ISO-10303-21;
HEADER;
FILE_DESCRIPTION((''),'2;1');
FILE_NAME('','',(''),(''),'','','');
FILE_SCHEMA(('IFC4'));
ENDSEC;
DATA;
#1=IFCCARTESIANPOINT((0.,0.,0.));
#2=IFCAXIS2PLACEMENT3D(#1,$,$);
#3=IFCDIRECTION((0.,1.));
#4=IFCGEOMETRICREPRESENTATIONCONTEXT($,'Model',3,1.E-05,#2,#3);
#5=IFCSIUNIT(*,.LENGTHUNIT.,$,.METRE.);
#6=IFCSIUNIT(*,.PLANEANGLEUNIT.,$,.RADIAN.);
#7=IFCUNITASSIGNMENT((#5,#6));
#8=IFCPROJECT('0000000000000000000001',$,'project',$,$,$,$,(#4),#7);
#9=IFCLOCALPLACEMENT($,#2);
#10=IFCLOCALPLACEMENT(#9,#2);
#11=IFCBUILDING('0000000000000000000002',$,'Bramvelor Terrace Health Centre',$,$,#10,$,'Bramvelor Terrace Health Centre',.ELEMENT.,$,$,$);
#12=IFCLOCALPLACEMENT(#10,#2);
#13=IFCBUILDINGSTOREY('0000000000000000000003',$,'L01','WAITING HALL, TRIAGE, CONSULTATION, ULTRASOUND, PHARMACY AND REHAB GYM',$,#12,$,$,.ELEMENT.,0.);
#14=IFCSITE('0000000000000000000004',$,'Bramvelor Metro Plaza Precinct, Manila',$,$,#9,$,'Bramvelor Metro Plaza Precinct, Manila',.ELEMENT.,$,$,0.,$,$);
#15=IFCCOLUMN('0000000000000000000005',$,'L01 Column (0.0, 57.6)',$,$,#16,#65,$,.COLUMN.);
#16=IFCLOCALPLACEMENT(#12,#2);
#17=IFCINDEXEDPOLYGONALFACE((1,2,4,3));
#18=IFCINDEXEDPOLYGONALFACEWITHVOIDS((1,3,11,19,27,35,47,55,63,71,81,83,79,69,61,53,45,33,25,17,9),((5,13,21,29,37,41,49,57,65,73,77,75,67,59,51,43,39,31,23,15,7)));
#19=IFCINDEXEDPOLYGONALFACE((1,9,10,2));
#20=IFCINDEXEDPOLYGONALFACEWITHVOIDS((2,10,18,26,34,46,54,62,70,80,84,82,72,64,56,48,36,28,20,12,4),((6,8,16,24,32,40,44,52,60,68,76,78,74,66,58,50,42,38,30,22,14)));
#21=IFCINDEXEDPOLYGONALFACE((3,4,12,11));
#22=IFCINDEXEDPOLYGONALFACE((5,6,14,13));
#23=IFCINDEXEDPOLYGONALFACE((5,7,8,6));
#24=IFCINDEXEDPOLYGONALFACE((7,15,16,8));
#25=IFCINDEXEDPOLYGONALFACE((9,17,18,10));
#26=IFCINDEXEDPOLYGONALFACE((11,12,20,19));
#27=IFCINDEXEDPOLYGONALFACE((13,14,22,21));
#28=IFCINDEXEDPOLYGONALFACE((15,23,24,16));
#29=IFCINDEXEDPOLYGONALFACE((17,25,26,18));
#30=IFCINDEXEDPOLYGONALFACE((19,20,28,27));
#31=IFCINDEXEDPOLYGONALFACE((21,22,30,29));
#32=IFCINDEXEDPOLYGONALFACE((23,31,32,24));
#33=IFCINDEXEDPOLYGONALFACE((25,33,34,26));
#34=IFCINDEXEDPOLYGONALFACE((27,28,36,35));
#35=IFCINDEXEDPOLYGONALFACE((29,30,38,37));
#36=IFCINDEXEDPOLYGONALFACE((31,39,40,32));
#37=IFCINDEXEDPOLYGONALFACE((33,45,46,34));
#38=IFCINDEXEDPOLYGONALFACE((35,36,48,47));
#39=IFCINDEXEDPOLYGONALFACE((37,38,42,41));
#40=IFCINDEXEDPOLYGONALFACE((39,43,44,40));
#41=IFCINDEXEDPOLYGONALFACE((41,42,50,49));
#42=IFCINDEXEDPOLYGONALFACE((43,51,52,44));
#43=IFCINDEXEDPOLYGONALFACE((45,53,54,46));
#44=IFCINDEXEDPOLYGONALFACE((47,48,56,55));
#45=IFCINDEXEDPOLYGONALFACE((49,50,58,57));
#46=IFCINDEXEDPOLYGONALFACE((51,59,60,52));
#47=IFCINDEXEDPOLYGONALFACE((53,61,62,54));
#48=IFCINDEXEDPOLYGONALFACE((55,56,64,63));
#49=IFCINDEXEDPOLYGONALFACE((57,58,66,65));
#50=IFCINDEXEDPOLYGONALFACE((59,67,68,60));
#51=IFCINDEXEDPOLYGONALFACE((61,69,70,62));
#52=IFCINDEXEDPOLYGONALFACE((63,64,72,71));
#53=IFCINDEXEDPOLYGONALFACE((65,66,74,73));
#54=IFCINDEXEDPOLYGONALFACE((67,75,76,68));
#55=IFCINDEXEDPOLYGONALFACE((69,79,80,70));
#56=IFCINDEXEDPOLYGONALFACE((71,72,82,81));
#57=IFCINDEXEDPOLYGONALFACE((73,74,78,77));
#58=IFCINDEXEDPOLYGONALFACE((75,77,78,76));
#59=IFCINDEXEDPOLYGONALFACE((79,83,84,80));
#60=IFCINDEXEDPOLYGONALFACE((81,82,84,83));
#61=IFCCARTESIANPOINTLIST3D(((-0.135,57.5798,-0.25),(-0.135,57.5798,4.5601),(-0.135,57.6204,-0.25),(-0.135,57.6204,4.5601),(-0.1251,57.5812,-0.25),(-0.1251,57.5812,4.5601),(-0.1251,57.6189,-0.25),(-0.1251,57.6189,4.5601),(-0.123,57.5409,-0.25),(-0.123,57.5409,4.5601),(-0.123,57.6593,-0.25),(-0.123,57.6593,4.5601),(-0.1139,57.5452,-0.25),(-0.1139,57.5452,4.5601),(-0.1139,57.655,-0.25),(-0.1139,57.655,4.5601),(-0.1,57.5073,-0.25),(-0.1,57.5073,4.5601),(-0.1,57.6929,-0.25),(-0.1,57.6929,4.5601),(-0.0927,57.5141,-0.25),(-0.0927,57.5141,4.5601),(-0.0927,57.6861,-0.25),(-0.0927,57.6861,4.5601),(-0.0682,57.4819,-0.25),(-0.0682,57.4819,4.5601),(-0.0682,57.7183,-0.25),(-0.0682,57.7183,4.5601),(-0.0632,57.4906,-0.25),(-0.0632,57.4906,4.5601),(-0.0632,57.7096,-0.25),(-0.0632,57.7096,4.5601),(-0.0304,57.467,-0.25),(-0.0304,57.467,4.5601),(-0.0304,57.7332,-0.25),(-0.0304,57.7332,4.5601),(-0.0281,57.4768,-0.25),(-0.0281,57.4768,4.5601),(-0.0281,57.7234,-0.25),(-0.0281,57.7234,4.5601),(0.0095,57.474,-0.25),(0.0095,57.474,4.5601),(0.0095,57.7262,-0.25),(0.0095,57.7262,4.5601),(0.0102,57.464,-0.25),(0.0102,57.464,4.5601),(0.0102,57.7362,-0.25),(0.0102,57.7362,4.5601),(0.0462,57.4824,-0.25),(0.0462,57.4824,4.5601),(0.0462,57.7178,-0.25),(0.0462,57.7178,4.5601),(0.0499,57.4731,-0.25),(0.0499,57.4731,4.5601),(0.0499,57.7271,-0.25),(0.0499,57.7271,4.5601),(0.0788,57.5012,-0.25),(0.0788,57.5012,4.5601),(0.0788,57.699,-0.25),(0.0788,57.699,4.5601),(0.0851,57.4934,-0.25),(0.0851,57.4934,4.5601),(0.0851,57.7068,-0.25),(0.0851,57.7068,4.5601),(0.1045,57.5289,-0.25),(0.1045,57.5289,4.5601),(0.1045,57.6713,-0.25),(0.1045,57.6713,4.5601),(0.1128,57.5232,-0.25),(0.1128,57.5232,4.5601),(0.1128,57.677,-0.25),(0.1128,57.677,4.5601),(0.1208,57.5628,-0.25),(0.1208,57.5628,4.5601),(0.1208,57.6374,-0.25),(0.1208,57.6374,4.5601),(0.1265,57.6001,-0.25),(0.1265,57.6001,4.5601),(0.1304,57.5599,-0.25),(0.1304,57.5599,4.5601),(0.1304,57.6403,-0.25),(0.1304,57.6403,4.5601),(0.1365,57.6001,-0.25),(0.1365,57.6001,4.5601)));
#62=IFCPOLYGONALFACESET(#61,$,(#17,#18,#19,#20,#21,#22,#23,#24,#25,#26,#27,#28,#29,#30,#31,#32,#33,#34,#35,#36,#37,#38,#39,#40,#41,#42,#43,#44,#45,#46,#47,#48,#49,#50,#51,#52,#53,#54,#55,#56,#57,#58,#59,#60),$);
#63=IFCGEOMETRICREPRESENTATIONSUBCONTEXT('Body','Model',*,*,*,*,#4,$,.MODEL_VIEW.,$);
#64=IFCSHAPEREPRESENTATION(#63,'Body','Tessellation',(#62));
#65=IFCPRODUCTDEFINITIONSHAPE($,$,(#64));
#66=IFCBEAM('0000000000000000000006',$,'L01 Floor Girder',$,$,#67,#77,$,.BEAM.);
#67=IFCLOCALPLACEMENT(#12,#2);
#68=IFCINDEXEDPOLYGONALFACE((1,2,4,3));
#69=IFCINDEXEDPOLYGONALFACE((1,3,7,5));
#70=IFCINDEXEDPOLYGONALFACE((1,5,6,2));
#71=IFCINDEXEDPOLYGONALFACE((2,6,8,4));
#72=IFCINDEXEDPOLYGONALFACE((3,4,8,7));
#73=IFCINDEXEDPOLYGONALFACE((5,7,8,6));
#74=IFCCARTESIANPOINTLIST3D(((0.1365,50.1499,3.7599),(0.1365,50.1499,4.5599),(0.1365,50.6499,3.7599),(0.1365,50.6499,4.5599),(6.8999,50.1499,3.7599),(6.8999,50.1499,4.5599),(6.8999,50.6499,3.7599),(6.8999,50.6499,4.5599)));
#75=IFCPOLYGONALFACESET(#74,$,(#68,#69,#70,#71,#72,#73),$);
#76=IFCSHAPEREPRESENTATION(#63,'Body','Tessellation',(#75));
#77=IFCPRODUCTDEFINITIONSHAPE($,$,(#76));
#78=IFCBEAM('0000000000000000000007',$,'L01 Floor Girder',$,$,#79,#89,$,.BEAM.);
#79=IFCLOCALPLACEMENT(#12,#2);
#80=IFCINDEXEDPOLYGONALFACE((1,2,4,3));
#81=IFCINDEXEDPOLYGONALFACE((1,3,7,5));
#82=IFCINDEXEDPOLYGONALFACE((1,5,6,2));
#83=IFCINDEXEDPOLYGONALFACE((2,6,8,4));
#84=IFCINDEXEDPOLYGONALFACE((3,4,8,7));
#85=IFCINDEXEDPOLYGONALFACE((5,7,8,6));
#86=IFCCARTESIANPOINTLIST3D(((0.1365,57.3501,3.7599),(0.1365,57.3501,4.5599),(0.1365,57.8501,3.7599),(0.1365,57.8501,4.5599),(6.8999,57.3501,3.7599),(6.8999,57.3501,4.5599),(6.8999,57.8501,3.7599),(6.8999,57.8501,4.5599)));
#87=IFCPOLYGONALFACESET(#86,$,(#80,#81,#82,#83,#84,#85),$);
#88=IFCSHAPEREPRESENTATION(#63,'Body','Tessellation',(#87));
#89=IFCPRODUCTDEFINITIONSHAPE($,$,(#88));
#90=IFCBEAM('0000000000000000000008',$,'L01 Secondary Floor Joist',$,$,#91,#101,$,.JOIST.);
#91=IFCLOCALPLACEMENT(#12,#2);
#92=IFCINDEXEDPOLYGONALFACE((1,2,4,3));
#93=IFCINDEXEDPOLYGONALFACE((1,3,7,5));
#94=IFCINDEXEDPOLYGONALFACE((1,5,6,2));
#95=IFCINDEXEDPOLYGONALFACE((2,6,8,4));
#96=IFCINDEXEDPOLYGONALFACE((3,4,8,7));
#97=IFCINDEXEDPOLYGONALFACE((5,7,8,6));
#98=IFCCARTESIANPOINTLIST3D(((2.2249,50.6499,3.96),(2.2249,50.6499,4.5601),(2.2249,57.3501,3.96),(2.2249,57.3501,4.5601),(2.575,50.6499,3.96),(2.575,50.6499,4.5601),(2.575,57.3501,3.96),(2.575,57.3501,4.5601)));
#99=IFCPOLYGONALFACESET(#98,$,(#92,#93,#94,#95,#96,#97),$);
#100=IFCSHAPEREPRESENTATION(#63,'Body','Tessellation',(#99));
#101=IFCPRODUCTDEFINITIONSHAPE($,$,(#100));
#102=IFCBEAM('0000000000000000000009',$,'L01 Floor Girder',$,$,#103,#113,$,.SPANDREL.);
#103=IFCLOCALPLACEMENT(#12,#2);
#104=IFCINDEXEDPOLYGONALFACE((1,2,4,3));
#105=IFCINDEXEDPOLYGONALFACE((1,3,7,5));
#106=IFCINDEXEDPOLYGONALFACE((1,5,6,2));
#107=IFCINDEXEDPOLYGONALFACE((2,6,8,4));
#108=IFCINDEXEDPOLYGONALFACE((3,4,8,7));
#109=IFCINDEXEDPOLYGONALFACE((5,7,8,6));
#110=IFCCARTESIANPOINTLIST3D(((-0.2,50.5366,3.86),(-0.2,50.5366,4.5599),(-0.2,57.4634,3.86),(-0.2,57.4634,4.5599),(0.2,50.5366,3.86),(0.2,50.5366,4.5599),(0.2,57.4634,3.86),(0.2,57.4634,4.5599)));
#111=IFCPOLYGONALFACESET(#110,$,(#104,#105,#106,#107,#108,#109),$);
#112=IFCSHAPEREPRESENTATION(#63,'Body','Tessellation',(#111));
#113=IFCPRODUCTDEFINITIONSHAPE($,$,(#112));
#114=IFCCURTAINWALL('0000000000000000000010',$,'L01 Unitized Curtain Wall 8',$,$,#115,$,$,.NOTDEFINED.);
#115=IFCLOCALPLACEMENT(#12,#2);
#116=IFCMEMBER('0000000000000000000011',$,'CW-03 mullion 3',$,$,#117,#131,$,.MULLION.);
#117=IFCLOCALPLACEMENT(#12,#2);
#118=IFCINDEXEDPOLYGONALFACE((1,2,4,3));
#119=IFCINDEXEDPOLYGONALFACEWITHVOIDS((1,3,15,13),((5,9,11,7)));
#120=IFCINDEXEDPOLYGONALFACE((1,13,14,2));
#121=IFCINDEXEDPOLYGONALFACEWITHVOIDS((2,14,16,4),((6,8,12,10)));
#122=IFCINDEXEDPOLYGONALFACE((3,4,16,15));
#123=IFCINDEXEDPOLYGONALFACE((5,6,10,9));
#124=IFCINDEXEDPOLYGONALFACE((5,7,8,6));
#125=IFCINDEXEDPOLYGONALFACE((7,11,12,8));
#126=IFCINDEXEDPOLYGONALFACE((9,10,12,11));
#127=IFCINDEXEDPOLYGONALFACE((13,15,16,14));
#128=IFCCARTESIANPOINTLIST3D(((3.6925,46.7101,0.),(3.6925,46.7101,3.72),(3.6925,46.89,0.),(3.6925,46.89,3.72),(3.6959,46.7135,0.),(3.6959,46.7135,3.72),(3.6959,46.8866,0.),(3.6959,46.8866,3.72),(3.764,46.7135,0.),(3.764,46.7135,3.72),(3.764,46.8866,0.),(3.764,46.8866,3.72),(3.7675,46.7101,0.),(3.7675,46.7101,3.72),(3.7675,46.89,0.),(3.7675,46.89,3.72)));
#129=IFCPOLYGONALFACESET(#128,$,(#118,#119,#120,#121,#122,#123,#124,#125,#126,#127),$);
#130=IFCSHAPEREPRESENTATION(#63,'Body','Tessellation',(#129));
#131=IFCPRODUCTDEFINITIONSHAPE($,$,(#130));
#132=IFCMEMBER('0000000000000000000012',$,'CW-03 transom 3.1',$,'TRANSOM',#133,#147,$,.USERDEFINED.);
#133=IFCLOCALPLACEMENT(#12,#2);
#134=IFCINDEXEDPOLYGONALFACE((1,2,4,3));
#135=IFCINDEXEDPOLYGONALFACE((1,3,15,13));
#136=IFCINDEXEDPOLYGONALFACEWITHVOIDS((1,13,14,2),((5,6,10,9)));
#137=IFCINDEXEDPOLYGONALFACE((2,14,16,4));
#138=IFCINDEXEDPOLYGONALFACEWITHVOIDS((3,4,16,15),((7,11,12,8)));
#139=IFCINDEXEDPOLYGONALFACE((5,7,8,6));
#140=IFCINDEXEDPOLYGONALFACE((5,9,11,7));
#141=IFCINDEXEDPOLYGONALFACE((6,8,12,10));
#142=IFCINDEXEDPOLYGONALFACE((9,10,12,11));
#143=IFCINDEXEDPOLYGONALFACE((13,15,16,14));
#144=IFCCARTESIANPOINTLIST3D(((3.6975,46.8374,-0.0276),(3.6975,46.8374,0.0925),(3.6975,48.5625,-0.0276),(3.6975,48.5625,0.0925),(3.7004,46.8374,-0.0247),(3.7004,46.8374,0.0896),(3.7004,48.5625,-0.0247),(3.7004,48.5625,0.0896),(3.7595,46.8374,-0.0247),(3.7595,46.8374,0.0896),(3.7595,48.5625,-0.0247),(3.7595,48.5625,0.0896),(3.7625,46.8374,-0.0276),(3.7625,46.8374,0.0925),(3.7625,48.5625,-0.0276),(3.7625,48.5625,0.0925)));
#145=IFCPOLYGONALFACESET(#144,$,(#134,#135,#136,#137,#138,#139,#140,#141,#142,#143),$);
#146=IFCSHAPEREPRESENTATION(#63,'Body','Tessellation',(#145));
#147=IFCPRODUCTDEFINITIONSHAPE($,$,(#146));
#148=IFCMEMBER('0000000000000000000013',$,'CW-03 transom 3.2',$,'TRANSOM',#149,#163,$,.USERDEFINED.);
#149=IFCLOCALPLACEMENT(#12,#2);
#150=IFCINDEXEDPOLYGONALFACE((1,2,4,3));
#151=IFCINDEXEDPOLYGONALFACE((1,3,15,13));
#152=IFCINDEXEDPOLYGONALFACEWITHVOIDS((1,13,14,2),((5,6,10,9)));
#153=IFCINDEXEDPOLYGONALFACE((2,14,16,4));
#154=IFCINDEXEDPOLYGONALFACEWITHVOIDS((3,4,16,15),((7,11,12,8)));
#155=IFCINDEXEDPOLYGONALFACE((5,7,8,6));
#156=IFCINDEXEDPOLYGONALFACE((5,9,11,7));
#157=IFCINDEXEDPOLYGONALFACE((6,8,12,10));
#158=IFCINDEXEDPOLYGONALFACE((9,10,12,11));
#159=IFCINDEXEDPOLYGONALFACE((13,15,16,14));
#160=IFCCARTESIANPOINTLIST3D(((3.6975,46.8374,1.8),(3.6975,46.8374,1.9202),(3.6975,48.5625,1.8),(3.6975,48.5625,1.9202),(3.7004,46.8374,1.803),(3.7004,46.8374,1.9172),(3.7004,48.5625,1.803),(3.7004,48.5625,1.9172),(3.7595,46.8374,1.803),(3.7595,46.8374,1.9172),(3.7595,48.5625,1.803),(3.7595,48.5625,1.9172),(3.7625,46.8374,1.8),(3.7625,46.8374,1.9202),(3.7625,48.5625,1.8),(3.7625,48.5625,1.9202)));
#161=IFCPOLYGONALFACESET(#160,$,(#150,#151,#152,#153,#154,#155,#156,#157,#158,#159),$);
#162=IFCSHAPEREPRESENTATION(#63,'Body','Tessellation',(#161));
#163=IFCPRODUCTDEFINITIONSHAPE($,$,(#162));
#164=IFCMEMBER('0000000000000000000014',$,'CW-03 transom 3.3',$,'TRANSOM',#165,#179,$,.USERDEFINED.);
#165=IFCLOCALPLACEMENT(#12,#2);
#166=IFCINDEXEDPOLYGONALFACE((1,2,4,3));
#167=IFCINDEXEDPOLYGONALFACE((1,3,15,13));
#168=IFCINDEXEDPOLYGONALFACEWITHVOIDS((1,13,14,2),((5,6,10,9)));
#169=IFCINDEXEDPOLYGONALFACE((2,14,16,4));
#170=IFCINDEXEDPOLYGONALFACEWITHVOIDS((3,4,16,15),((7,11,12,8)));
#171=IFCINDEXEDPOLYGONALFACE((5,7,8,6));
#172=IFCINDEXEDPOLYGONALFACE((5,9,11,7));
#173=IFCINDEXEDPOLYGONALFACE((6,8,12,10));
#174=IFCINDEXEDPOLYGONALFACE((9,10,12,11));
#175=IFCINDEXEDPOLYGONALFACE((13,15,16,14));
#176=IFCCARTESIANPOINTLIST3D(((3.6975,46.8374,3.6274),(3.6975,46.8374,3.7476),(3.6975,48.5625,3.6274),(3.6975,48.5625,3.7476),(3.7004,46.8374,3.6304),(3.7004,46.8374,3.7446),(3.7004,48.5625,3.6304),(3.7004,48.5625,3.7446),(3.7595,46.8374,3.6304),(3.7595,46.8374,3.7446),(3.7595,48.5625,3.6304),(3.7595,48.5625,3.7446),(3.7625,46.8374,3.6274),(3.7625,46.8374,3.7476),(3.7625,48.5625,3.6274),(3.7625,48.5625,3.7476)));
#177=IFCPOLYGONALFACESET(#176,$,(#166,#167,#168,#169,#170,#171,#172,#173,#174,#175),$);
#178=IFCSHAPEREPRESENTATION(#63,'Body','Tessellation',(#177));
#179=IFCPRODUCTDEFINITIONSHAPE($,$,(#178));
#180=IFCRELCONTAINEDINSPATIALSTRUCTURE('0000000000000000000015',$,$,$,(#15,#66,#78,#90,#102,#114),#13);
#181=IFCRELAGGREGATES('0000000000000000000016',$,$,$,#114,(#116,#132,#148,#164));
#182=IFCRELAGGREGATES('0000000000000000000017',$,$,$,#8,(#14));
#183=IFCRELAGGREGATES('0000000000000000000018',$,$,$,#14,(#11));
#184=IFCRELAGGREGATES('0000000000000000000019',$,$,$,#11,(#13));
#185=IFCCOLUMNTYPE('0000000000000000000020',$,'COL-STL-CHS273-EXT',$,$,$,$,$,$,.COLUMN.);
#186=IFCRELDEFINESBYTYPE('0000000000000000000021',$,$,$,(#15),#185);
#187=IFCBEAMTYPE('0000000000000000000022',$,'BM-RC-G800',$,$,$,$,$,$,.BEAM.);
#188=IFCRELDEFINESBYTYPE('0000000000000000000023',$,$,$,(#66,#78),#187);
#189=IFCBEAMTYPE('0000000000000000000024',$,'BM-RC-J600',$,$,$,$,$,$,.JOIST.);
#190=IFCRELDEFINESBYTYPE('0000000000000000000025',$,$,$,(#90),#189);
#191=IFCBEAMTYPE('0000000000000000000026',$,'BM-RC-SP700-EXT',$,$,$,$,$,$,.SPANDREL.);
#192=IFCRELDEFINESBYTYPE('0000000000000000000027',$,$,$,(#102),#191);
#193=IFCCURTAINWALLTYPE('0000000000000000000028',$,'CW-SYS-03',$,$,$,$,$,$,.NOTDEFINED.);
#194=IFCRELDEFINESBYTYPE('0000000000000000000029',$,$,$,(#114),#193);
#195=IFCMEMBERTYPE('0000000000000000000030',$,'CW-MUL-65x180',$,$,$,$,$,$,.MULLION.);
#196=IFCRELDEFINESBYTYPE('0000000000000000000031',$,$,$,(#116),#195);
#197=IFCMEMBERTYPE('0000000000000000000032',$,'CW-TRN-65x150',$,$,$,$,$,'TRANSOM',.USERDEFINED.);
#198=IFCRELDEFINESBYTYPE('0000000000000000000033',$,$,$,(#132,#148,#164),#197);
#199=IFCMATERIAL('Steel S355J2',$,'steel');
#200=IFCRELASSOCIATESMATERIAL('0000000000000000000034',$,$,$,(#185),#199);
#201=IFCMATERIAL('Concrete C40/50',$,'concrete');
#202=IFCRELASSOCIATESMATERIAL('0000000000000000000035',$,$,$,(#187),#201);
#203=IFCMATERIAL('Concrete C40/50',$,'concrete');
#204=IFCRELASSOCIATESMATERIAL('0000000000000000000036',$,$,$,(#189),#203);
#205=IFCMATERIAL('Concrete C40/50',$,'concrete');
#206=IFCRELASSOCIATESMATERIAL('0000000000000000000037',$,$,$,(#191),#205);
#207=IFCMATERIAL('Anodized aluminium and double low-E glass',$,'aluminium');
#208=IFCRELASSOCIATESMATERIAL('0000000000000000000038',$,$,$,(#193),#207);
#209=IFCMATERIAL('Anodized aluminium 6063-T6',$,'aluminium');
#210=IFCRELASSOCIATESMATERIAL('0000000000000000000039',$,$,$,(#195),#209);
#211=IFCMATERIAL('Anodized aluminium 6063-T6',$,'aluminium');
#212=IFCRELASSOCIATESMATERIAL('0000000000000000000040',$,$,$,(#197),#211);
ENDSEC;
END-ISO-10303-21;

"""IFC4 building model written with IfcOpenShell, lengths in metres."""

from ifc_helpers import new_model, si_unit, direction, frame, origin, origin_2d, place, context, subcontext, project, spatial, rectangle, hollow_rectangle, hollow_circle, extrude, material, material_profile, profile_set, type_object, element, aggregate, save


model = new_model("IFC4")

# Units and contexts
model_context = context("Model", 3, precision=1e-05, world=origin(), true_north=direction((0.0, 1.0)))
body_context = subcontext(model_context, "Body", "Model", "MODEL_VIEW")
ifc_project = project(units=[si_unit("LENGTHUNIT", "METRE"), si_unit("PLANEANGLEUNIT", "RADIAN")], contexts=[model_context])

# Site, building, storey
site_placement = place(None, origin())
site = spatial("IfcSite", under=ifc_project, at=site_placement, Name="Bramvelor Metro Plaza Precinct, Manila", LongName="Bramvelor Metro Plaza Precinct, Manila", CompositionType="ELEMENT", RefElevation=0.0)
building_placement = place(site_placement, origin())
building = spatial("IfcBuilding", under=site, at=building_placement, Name="Bramvelor Terrace Health Centre", LongName="Bramvelor Terrace Health Centre", CompositionType="ELEMENT")
storey_placement = place(building_placement, origin())
storey = spatial("IfcBuildingStorey", under=building, at=storey_placement, Name="L01", Description="WAITING HALL, TRIAGE, CONSULTATION, ULTRASOUND, PHARMACY AND REHAB GYM", CompositionType="ELEMENT", Elevation=0.0)

# Column
ifc_material_1 = material(Name="Steel S355J2", Category="steel")
ifc_material_profile_1 = material_profile(ifc_material_1, hollow_circle(Radius=0.1365, WallThickness=0.01, at=origin_2d()), Name="CHS 273.0x10.0")
ifc_profile_set_1 = profile_set([ifc_material_profile_1], Name="Steel S355J2")
column_type = type_object("IfcColumnType", Name="COL-STL-CHS273-EXT", PredefinedType="COLUMN", material=ifc_profile_set_1)
for number, where, z_axis, x_axis, name in (
    (1, (0.0, 57.6001, -0.25), (0.0, 0.0, 1.0), (1.0, 0.0, 0.0), "L01 Column (0.0, 57.6)"),
):
    element("IfcColumn", number, at=place(storey_placement, frame(where, z_axis=z_axis, x_axis=x_axis)), inside=storey, type_object=column_type, Name=name, PredefinedType="COLUMN", context=body_context, shape_type="SweptSolid", body=[
        extrude(hollow_circle(Radius=0.1365, WallThickness=0.01, at=origin_2d()), origin(), (0.0, 0.0, 1.0), 4.8101),
    ])

# Beams
ifc_material_2 = material(Name="Concrete C40/50", Category="concrete")
ifc_material_profile_2 = material_profile(ifc_material_2, rectangle(XDim=0.5, YDim=0.8, at=origin_2d()), Name="RC 500x800")
ifc_profile_set_2 = profile_set([ifc_material_profile_2], Name="Concrete C40/50")
beam_type_1 = type_object("IfcBeamType", Name="BM-RC-G800", PredefinedType="BEAM", material=ifc_profile_set_2)
for number, where, z_axis, x_axis, name in (
    (2, (0.1365, 50.3999, 4.1599), (1.0, 0.0, 0.0), (0.0, 1.0, 0.0), "L01 Floor Girder"),
    (3, (0.1365, 57.6001, 4.1599), (1.0, 0.0, 0.0), (0.0, 1.0, 0.0), "L01 Floor Girder"),
):
    element("IfcBeam", number, at=place(storey_placement, frame(where, z_axis=z_axis, x_axis=x_axis)), inside=storey, type_object=beam_type_1, Name=name, PredefinedType="BEAM", context=body_context, shape_type="SweptSolid", body=[
        extrude(rectangle(XDim=0.5, YDim=0.8, at=origin_2d()), origin(), (0.0, 0.0, 1.0), 6.7634),
    ])
ifc_material_3 = material(Name="Concrete C40/50", Category="concrete")
ifc_material_profile_3 = material_profile(ifc_material_3, rectangle(XDim=0.3501, YDim=0.6001, at=origin_2d()), Name="RC 350x600")
ifc_profile_set_3 = profile_set([ifc_material_profile_3], Name="Concrete C40/50")
beam_type_2 = type_object("IfcBeamType", Name="BM-RC-J600", PredefinedType="JOIST", material=ifc_profile_set_3)
beam_1_placement = place(storey_placement, frame((2.3999, 50.6499, 4.26), z_axis=(0.0, 1.0, 0.0), x_axis=(-1.0, 0.0, 0.0)))
element("IfcBeam", 4, at=beam_1_placement, inside=storey, type_object=beam_type_2, Name="L01 Secondary Floor Joist", PredefinedType="JOIST", context=body_context, shape_type="SweptSolid", body=[
    extrude(rectangle(XDim=0.3501, YDim=0.6001, at=origin_2d()), origin(), (0.0, 0.0, 1.0), 6.7002),
])
ifc_material_4 = material(Name="Concrete C40/50", Category="concrete")
ifc_material_profile_4 = material_profile(ifc_material_4, rectangle(XDim=0.3999, YDim=0.7, at=origin_2d()), Name="RC 400x700")
ifc_profile_set_4 = profile_set([ifc_material_profile_4], Name="Concrete C40/50")
beam_type_3 = type_object("IfcBeamType", Name="BM-RC-SP700-EXT", PredefinedType="SPANDREL", material=ifc_profile_set_4)
beam_2_placement = place(storey_placement, frame((0.0, 50.5366, 4.21), z_axis=(0.0, 1.0, 0.0), x_axis=(-1.0, 0.0, 0.0)))
element("IfcBeam", 5, at=beam_2_placement, inside=storey, type_object=beam_type_3, Name="L01 Floor Girder", PredefinedType="SPANDREL", context=body_context, shape_type="SweptSolid", body=[
    extrude(rectangle(XDim=0.3999, YDim=0.7, at=origin_2d()), origin(), (0.0, 0.0, 1.0), 6.9268),
])

# Curtain wall, members
ifc_material_5 = material(Name="Anodized aluminium and double low-E glass", Category="aluminium")
curtain_wall_type = type_object("IfcCurtainWallType", Name="CW-SYS-03", PredefinedType="NOTDEFINED", material=ifc_material_5)
curtain_wall_placement = place(storey_placement, origin())
curtain_wall = element("IfcCurtainWall", 6, at=curtain_wall_placement, inside=storey, type_object=curtain_wall_type, Name="L01 Unitized Curtain Wall 8", PredefinedType="NOTDEFINED")
ifc_material_6 = material(Name="Anodized aluminium 6063-T6", Category="aluminium")
ifc_material_profile_5 = material_profile(ifc_material_6, hollow_rectangle(XDim=0.075, YDim=0.1799, WallThickness=0.0034, at=origin_2d()), Name="ALU-MUL 75x180x3.5")
ifc_profile_set_5 = profile_set([ifc_material_profile_5], Name="Anodized aluminium 6063-T6")
member_type_1 = type_object("IfcMemberType", Name="CW-MUL-65x180", PredefinedType="MULLION", material=ifc_profile_set_5)
member_1_placement = place(storey_placement, frame((3.73, 46.8, 0.0), z_axis=(0.0, 0.0, 1.0), x_axis=(-1.0, 0.0, 0.0)))
member_1 = element("IfcMember", 7, at=member_1_placement, type_object=member_type_1, Name="CW-03 mullion 3", PredefinedType="MULLION", context=body_context, shape_type="SweptSolid", body=[
    extrude(hollow_rectangle(XDim=0.075, YDim=0.1799, WallThickness=0.0034, at=origin_2d()), origin(), (0.0, 0.0, 1.0), 3.72),
])
ifc_material_7 = material(Name="Anodized aluminium 6063-T6", Category="aluminium")
ifc_material_profile_6 = material_profile(ifc_material_7, hollow_rectangle(XDim=0.0649, YDim=0.1201, WallThickness=0.0029, at=origin_2d()), Name="ALU-TRN 65x120x3.0")
ifc_profile_set_6 = profile_set([ifc_material_profile_6], Name="Anodized aluminium 6063-T6")
member_type_2 = type_object("IfcMemberType", Name="CW-TRN-65x150", ElementType="TRANSOM", PredefinedType="USERDEFINED", material=ifc_profile_set_6)
member_2_placement = place(storey_placement, frame((3.73, 46.8374, 0.0325), z_axis=(0.0, 1.0, 0.0), x_axis=(-1.0, 0.0, 0.0)))
member_2 = element("IfcMember", 8, at=member_2_placement, type_object=member_type_2, Name="CW-03 transom 3.1", ObjectType="TRANSOM", PredefinedType="USERDEFINED", context=body_context, shape_type="SweptSolid", body=[
    extrude(hollow_rectangle(XDim=0.0649, YDim=0.1201, WallThickness=0.0029, at=origin_2d()), origin(), (0.0, 0.0, 1.0), 1.7251),
])
member_3_placement = place(storey_placement, frame((3.73, 46.8374, 1.8601), z_axis=(0.0, 1.0, 0.0), x_axis=(-1.0, 0.0, 0.0)))
member_3 = element("IfcMember", 9, at=member_3_placement, type_object=member_type_2, Name="CW-03 transom 3.2", ObjectType="TRANSOM", PredefinedType="USERDEFINED", context=body_context, shape_type="SweptSolid", body=[
    extrude(hollow_rectangle(XDim=0.0649, YDim=0.1201, WallThickness=0.0029, at=origin_2d()), origin(), (0.0, 0.0, 1.0), 1.7251),
])
member_4_placement = place(storey_placement, frame((3.73, 46.8374, 3.6875), z_axis=(0.0, 1.0, 0.0), x_axis=(-1.0, 0.0, 0.0)))
member_4 = element("IfcMember", 10, at=member_4_placement, type_object=member_type_2, Name="CW-03 transom 3.3", ObjectType="TRANSOM", PredefinedType="USERDEFINED", context=body_context, shape_type="SweptSolid", body=[
    extrude(hollow_rectangle(XDim=0.0649, YDim=0.1201, WallThickness=0.0029, at=origin_2d()), origin(), (0.0, 0.0, 1.0), 1.7251),
])
aggregate(curtain_wall, [member_1, member_2, member_3, member_4])

save(model, "model.ifc")
